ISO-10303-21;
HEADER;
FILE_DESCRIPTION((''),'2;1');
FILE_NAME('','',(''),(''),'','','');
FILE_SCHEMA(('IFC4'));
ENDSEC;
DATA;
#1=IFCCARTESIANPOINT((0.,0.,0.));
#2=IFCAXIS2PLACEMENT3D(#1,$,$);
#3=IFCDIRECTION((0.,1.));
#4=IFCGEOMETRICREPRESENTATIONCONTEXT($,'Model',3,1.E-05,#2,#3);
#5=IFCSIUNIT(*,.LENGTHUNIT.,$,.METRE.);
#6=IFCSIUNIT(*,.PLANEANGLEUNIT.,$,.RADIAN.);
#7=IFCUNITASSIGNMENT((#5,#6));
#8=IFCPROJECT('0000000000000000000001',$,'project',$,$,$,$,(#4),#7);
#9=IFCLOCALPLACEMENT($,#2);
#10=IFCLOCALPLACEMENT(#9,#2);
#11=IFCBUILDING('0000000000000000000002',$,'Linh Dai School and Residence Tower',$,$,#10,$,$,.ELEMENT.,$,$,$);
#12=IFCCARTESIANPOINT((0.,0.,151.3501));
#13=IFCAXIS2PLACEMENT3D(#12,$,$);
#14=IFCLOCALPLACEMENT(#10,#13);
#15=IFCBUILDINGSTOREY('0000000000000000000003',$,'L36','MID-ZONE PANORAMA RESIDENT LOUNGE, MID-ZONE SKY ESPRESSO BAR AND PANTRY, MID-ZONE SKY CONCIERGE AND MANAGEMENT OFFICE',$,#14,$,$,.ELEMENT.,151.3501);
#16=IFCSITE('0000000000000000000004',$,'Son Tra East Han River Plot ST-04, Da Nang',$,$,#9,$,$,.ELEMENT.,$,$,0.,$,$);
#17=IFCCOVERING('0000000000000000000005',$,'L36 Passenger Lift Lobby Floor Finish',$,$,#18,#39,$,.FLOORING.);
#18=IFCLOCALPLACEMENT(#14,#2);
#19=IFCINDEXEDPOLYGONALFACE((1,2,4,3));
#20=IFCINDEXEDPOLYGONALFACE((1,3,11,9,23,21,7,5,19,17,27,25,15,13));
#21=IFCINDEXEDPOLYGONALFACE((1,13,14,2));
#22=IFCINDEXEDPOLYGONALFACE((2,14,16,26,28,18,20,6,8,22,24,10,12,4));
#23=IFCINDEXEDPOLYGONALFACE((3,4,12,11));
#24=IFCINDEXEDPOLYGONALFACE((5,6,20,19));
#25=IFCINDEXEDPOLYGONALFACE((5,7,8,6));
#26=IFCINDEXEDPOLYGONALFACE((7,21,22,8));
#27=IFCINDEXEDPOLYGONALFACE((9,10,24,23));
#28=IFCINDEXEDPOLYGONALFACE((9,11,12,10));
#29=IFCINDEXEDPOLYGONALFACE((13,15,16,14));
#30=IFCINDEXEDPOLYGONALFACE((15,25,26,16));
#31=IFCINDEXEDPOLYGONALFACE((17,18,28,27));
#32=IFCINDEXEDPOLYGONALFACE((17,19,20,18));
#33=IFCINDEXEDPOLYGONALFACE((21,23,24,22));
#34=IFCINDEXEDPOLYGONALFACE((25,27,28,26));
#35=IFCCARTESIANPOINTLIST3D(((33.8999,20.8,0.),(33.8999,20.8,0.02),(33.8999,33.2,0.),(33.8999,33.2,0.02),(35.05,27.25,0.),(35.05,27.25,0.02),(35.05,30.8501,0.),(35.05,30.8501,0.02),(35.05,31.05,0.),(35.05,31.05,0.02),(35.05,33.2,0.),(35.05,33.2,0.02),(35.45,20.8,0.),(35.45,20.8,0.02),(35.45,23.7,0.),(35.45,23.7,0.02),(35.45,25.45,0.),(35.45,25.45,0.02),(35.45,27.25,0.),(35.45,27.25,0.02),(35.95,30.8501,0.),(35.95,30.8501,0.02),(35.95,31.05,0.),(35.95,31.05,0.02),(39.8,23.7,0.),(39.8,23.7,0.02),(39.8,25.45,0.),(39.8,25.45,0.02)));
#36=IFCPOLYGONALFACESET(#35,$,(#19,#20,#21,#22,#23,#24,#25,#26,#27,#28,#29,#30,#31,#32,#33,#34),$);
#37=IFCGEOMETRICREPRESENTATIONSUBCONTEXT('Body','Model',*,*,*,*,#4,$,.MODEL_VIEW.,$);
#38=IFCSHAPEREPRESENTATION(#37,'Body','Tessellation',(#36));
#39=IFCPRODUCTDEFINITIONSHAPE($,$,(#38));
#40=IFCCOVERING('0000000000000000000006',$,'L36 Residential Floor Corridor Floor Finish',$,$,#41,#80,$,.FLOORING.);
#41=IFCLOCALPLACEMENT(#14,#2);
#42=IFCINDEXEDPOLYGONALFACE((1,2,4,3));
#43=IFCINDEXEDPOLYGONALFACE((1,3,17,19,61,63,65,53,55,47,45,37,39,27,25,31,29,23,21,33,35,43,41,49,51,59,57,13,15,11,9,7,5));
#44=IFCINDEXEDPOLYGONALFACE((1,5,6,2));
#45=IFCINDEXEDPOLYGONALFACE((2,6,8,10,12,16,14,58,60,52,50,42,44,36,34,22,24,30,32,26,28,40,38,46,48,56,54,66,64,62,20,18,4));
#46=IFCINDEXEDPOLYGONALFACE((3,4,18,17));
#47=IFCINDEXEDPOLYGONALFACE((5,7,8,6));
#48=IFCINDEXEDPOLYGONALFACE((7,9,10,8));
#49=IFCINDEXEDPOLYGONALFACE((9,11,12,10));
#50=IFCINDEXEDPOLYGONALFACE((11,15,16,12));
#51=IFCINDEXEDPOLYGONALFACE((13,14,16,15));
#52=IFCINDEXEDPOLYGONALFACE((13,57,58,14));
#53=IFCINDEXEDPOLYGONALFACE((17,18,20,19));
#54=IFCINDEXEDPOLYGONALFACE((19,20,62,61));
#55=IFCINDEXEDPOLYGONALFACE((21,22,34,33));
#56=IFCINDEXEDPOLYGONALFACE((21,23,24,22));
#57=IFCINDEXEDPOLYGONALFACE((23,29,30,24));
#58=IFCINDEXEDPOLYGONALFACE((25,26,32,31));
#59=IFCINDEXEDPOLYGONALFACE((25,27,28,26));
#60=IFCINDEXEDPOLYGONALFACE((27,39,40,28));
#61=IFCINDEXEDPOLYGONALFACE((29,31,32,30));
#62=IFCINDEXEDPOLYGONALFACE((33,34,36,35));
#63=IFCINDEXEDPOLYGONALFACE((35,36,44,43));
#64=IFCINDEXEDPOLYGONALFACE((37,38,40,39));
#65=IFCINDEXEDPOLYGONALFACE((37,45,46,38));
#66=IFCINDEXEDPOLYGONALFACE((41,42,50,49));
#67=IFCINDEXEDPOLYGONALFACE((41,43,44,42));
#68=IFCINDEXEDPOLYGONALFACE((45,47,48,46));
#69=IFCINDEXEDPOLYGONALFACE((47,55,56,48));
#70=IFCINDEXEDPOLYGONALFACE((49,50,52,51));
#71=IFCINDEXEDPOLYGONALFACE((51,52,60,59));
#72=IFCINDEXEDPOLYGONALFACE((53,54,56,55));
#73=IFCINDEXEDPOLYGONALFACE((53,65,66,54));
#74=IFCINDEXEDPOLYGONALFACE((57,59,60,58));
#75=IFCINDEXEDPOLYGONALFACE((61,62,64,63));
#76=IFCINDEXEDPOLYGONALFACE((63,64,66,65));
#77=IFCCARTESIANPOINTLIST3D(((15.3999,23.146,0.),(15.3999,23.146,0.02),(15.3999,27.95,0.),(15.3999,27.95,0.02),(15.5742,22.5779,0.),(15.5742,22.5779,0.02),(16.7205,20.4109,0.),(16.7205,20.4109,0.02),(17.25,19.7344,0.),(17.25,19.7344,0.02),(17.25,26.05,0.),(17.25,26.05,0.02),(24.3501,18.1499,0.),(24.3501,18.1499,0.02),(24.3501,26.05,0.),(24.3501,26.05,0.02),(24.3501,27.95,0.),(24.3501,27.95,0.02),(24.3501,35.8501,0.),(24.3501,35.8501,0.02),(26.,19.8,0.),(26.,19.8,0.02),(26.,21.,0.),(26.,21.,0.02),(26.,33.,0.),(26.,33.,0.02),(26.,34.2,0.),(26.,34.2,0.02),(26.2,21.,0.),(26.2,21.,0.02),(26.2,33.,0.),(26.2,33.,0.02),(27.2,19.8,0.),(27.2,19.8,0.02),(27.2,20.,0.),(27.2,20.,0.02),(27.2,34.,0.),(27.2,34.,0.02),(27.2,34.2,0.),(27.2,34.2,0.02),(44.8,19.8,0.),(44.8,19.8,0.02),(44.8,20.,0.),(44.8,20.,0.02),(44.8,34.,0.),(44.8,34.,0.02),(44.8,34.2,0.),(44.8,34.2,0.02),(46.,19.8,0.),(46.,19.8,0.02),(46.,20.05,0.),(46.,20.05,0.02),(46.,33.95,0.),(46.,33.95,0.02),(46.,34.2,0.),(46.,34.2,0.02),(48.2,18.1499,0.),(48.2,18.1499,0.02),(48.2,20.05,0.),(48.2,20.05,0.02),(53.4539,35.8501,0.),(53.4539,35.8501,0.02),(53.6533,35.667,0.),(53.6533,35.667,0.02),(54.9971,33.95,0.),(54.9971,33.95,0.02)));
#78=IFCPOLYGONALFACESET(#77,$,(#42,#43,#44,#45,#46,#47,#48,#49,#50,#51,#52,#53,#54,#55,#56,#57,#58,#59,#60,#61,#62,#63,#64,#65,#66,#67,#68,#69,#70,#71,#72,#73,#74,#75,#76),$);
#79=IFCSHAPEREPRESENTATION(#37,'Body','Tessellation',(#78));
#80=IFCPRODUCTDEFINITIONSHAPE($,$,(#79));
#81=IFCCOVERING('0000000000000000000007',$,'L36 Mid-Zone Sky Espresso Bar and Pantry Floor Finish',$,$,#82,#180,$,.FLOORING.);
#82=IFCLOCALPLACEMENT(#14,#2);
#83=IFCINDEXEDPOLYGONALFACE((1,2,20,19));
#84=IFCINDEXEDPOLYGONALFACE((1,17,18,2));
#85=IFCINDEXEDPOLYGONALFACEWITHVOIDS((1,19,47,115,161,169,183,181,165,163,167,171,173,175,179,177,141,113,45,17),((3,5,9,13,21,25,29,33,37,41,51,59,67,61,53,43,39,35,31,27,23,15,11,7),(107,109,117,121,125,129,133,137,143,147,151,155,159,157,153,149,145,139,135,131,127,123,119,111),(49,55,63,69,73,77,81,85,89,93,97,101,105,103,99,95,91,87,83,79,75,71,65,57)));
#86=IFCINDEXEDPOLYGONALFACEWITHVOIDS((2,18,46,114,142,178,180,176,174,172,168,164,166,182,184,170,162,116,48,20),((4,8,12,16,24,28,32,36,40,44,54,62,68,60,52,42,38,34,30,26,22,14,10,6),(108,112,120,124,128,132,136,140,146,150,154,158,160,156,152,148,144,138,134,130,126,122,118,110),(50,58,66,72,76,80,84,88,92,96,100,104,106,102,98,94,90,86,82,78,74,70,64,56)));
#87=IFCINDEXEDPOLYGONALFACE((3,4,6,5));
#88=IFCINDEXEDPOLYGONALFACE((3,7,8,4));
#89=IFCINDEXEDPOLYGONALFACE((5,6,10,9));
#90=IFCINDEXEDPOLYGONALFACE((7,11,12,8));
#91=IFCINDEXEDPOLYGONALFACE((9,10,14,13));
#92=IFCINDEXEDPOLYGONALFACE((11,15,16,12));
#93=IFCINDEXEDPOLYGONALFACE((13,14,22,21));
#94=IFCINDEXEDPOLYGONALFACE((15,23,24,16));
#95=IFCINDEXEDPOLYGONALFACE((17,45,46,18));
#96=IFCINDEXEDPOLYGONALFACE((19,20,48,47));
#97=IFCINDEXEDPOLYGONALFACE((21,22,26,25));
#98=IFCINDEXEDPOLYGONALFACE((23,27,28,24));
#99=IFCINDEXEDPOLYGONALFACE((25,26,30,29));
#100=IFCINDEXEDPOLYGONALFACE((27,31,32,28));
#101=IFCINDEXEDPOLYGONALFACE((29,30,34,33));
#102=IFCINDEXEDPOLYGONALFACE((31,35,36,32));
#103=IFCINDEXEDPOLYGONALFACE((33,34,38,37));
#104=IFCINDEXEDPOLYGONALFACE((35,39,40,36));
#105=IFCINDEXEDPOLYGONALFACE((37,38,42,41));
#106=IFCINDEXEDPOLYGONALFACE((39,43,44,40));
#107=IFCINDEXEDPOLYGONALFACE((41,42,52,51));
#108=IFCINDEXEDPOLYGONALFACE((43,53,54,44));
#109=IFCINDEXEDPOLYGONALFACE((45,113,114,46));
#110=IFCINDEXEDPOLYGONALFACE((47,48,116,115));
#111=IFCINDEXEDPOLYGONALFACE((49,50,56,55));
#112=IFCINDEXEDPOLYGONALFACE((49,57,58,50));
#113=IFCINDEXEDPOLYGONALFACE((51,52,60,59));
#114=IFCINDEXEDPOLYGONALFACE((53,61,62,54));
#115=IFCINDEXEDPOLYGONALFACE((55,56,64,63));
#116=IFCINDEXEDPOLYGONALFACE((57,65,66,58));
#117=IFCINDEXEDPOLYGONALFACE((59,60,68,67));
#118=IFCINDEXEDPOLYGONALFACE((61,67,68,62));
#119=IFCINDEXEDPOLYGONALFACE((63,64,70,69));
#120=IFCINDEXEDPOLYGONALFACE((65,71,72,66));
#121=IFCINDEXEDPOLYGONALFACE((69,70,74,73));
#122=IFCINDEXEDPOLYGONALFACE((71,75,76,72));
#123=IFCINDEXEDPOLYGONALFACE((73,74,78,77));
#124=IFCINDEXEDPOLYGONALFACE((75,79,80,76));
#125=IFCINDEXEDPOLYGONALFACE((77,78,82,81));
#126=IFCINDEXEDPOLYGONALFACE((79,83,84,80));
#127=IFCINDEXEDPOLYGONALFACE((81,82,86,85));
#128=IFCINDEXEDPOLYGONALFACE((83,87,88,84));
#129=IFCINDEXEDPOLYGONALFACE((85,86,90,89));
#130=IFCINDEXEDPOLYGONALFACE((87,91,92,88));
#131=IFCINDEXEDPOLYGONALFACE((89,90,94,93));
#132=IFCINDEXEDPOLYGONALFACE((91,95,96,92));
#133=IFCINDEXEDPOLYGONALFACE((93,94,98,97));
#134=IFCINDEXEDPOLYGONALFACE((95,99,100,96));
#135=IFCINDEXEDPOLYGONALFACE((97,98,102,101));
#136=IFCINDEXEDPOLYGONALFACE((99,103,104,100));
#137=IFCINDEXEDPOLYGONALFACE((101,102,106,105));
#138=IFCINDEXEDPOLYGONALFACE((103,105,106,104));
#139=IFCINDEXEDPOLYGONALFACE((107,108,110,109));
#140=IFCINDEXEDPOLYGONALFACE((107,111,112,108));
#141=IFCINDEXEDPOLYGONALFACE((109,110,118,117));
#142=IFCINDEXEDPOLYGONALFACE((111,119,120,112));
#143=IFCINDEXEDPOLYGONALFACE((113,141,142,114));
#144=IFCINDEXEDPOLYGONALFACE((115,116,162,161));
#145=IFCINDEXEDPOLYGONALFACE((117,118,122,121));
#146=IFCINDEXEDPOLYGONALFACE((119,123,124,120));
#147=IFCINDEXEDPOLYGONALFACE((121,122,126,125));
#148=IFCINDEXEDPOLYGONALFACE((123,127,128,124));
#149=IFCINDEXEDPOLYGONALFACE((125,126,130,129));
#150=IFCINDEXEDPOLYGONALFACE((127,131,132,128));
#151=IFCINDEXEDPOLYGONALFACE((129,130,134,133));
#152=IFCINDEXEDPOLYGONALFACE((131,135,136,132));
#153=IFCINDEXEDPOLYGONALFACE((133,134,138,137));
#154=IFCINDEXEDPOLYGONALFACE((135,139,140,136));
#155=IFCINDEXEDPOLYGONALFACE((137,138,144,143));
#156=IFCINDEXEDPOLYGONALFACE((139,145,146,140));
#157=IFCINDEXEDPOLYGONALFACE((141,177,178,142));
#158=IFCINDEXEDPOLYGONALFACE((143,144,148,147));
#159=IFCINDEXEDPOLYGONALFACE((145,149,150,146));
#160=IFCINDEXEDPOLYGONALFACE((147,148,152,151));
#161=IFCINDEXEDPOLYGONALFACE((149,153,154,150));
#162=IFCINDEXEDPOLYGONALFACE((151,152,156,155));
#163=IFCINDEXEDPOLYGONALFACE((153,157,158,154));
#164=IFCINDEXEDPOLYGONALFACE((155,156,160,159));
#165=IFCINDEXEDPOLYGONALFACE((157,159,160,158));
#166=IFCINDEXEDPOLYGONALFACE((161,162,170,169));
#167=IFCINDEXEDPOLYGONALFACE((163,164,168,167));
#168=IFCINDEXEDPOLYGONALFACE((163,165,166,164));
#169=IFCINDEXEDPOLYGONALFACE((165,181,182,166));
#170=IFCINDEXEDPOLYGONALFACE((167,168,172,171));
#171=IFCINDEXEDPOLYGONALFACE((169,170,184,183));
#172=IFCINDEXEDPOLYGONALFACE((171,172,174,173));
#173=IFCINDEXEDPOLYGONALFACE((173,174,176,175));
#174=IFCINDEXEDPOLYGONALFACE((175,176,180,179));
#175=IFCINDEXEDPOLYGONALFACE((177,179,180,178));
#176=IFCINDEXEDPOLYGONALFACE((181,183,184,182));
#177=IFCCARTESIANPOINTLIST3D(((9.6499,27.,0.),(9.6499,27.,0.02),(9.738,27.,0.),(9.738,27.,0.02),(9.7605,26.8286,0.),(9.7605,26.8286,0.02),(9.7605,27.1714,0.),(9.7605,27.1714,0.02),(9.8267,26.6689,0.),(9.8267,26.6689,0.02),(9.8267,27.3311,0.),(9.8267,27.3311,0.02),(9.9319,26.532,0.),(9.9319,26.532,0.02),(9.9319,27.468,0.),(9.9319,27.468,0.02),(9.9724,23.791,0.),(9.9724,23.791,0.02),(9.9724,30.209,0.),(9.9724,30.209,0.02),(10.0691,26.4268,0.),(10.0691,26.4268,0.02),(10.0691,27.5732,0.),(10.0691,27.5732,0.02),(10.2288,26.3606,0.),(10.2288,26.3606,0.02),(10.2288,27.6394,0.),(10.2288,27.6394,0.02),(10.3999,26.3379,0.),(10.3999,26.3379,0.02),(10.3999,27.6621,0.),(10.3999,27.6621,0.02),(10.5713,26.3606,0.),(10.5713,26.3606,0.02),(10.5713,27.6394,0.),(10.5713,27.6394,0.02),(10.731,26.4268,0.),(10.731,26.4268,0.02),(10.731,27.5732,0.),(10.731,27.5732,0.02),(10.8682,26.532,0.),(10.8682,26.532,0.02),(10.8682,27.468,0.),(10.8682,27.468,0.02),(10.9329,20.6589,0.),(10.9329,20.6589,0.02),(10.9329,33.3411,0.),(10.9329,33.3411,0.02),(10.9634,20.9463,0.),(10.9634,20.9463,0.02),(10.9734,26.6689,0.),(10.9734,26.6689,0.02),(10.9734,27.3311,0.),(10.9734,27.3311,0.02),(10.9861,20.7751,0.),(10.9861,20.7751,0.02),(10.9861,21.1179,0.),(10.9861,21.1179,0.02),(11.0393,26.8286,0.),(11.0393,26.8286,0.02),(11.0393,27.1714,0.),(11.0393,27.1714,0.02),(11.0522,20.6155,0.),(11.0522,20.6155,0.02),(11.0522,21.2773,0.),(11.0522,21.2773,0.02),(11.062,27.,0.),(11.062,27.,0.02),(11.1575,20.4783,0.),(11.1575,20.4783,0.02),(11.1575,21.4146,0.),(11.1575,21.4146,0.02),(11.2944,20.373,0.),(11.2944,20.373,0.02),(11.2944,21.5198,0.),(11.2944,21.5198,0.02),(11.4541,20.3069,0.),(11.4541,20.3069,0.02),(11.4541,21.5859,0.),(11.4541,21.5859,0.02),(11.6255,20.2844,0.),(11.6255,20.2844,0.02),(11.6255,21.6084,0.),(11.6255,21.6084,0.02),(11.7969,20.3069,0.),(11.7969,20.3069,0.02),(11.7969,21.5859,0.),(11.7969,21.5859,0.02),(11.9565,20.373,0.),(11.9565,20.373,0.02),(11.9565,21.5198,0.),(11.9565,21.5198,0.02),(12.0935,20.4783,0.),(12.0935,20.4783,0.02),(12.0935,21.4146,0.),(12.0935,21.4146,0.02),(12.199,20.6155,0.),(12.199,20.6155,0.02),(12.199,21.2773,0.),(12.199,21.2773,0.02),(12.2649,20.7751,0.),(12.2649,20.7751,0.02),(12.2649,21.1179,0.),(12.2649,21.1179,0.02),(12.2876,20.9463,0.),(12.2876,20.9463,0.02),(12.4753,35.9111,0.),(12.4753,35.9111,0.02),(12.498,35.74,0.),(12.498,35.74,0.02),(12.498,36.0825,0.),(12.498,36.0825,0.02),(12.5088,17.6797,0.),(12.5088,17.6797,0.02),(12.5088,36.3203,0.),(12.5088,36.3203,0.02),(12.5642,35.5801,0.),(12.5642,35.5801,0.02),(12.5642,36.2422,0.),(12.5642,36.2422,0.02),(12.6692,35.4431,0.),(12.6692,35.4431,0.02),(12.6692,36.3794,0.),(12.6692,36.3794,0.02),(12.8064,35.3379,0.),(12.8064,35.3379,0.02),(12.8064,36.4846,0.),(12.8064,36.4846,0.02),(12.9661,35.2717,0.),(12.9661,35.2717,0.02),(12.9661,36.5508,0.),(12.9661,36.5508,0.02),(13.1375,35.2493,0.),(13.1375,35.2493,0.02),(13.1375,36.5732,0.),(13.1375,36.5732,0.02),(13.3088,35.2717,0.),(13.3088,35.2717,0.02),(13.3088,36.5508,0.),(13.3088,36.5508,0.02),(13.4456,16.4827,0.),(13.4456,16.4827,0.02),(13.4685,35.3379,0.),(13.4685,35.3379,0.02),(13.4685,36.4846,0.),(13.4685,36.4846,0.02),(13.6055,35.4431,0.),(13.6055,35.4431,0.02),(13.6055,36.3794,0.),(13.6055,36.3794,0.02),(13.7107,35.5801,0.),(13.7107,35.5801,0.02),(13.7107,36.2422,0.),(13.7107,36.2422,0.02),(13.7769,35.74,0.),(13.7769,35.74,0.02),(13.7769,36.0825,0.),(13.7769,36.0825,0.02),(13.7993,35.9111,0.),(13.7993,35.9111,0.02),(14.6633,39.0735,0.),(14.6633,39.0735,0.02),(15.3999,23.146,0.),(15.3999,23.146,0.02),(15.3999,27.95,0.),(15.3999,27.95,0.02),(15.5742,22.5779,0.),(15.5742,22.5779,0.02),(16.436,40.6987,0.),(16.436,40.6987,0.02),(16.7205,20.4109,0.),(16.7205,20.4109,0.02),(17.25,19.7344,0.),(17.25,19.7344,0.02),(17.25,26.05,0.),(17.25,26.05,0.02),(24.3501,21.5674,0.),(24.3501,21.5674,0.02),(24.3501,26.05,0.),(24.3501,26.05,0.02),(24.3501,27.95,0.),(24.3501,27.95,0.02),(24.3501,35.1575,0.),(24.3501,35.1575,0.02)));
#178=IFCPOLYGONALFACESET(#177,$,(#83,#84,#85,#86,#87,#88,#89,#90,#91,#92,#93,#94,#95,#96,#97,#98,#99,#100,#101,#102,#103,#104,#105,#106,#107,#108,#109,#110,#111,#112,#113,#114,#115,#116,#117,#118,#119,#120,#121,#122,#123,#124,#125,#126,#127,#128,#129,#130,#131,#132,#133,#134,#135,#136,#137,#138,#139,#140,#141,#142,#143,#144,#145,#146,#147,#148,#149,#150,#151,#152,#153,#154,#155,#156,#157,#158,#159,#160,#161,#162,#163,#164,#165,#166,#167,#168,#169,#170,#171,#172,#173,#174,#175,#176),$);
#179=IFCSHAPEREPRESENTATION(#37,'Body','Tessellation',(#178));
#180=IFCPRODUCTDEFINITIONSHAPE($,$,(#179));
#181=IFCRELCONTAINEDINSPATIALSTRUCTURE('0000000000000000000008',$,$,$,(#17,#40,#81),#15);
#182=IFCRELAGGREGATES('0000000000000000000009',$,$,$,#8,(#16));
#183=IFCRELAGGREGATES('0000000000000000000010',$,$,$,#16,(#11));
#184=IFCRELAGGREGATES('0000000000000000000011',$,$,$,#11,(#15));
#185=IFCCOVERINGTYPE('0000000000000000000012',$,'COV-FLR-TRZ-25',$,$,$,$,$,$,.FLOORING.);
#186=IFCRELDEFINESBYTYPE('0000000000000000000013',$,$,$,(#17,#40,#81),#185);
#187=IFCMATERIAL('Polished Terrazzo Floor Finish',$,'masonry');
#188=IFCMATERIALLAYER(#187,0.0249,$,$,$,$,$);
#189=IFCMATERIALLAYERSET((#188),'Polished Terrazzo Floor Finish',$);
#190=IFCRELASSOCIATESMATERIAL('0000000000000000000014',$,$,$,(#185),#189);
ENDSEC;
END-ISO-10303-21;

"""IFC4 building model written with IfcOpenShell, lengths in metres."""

from ifc_helpers import new_model, si_unit, direction, frame, origin, place, context, subcontext, project, spatial, polyline, outline, extrude, material, layer, layer_set, type_object, element, save


model = new_model("IFC4")

# Units and contexts
model_context = context("Model", 3, precision=1e-05, world=origin(), true_north=direction((0.0, 1.0)))
body_context = subcontext(model_context, "Body", "Model", "MODEL_VIEW")
ifc_project = project(units=[si_unit("LENGTHUNIT", "METRE"), si_unit("PLANEANGLEUNIT", "RADIAN")], contexts=[model_context])

# Site, building, storey
site_placement = place(None, origin())
site = spatial("IfcSite", under=ifc_project, at=site_placement, Name="Son Tra East Han River Plot ST-04, Da Nang", CompositionType="ELEMENT", RefElevation=0.0)
building_placement = place(site_placement, origin())
building = spatial("IfcBuilding", under=site, at=building_placement, Name="Linh Dai School and Residence Tower", CompositionType="ELEMENT")
storey_placement = place(building_placement, frame((0.0, 0.0, 151.3501)))
storey = spatial("IfcBuildingStorey", under=building, at=storey_placement, Name="L36", Description="MID-ZONE PANORAMA RESIDENT LOUNGE, MID-ZONE SKY ESPRESSO BAR AND PANTRY, MID-ZONE SKY CONCIERGE AND MANAGEMENT OFFICE", CompositionType="ELEMENT", Elevation=151.3501)

# Coverings
ifc_material_1 = material(Name="Polished Terrazzo Floor Finish", Category="masonry")
ifc_layer_1 = layer(ifc_material_1, 0.0249)
ifc_layer_set_1 = layer_set([ifc_layer_1], Name="Polished Terrazzo Floor Finish")
covering_type_1 = type_object("IfcCoveringType", Name="COV-FLR-TRZ-25", PredefinedType="FLOORING", material=ifc_layer_set_1)
covering_1_placement = place(storey_placement, origin())
element("IfcCovering", 1, at=covering_1_placement, inside=storey, type_object=covering_type_1, Name="L36 Passenger Lift Lobby Floor Finish", PredefinedType="FLOORING", context=body_context, shape_type="SweptSolid", body=[
    extrude(outline(polyline([(35.05, 33.2), (35.05, 31.05), (35.95, 31.05), (35.95, 30.8501), (35.05, 30.8501), (35.05, 27.25), (35.45, 27.25), (35.45, 25.45), (39.8, 25.45), (39.8, 23.7), (35.45, 23.7), (35.45, 20.8), (33.8999, 20.8), (33.8999, 33.2), (35.05, 33.2)])), origin(), (0.0, 0.0, 1.0), 0.02),
])
covering_2_placement = place(storey_placement, origin())
element("IfcCovering", 2, at=covering_2_placement, inside=storey, type_object=covering_type_1, Name="L36 Residential Floor Corridor Floor Finish", PredefinedType="FLOORING", context=body_context, shape_type="SweptSolid", body=[
    extrude(outline(polyline([(17.25, 19.7344), (16.7205, 20.4109), (15.5742, 22.5779), (15.3999, 23.146), (15.3999, 27.95), (24.3501, 27.95), (24.3501, 35.8501), (53.4539, 35.8501), (53.6533, 35.667), (54.9971, 33.95), (46.0, 33.95), (46.0, 34.2), (44.8, 34.2), (44.8, 34.0), (27.2, 34.0), (27.2, 34.2), (26.0, 34.2), (26.0, 33.0), (26.2, 33.0), (26.2, 21.0), (26.0, 21.0), (26.0, 19.8), (27.2, 19.8), (27.2, 20.0), (44.8, 20.0), (44.8, 19.8), (46.0, 19.8), (46.0, 20.05), (48.2, 20.05), (48.2, 18.1499), (24.3501, 18.1499), (24.3501, 26.05), (17.25, 26.05), (17.25, 19.7344)])), origin(), (0.0, 0.0, 1.0), 0.02),
])
covering_3_placement = place(storey_placement, origin())
element("IfcCovering", 3, at=covering_3_placement, inside=storey, type_object=covering_type_1, Name="L36 Mid-Zone Sky Espresso Bar and Pantry Floor Finish", PredefinedType="FLOORING", context=body_context, shape_type="SweptSolid", body=[
    extrude(outline(polyline([(10.9329, 20.6589), (9.9724, 23.791), (9.6499, 27.0), (9.9724, 30.209), (10.9329, 33.3411), (12.5088, 36.3203), (14.6633, 39.0735), (16.436, 40.6987), (24.3501, 35.1575), (24.3501, 27.95), (15.3999, 27.95), (15.3999, 23.146), (15.5742, 22.5779), (16.7205, 20.4109), (17.25, 19.7344), (17.25, 26.05), (24.3501, 26.05), (24.3501, 21.5674), (13.4456, 16.4827), (12.5088, 17.6797), (10.9329, 20.6589)]), holes=[polyline([(13.7769, 35.74), (13.7993, 35.9111), (13.7769, 36.0825), (13.7107, 36.2422), (13.6055, 36.3794), (13.4685, 36.4846), (13.3088, 36.5508), (13.1375, 36.5732), (12.9661, 36.5508), (12.8064, 36.4846), (12.6692, 36.3794), (12.5642, 36.2422), (12.498, 36.0825), (12.4753, 35.9111), (12.498, 35.74), (12.5642, 35.5801), (12.6692, 35.4431), (12.8064, 35.3379), (12.9661, 35.2717), (13.1375, 35.2493), (13.3088, 35.2717), (13.4685, 35.3379), (13.6055, 35.4431), (13.7107, 35.5801), (13.7769, 35.74)]), polyline([(12.2649, 20.7751), (12.2876, 20.9463), (12.2649, 21.1179), (12.199, 21.2773), (12.0935, 21.4146), (11.9565, 21.5198), (11.7969, 21.5859), (11.6255, 21.6084), (11.4541, 21.5859), (11.2944, 21.5198), (11.1575, 21.4146), (11.0522, 21.2773), (10.9861, 21.1179), (10.9634, 20.9463), (10.9861, 20.7751), (11.0522, 20.6155), (11.1575, 20.4783), (11.2944, 20.373), (11.4541, 20.3069), (11.6255, 20.2844), (11.7969, 20.3069), (11.9565, 20.373), (12.0935, 20.4783), (12.199, 20.6155), (12.2649, 20.7751)]), polyline([(11.0393, 26.8286), (11.062, 27.0), (11.0393, 27.1714), (10.9734, 27.3311), (10.8682, 27.468), (10.731, 27.5732), (10.5713, 27.6394), (10.3999, 27.6621), (10.2288, 27.6394), (10.0691, 27.5732), (9.9319, 27.468), (9.8267, 27.3311), (9.7605, 27.1714), (9.738, 27.0), (9.7605, 26.8286), (9.8267, 26.6689), (9.9319, 26.532), (10.0691, 26.4268), (10.2288, 26.3606), (10.3999, 26.3379), (10.5713, 26.3606), (10.731, 26.4268), (10.8682, 26.532), (10.9734, 26.6689), (11.0393, 26.8286)])]), origin(), (0.0, 0.0, 1.0), 0.02),
])

save(model, "model.ifc")
